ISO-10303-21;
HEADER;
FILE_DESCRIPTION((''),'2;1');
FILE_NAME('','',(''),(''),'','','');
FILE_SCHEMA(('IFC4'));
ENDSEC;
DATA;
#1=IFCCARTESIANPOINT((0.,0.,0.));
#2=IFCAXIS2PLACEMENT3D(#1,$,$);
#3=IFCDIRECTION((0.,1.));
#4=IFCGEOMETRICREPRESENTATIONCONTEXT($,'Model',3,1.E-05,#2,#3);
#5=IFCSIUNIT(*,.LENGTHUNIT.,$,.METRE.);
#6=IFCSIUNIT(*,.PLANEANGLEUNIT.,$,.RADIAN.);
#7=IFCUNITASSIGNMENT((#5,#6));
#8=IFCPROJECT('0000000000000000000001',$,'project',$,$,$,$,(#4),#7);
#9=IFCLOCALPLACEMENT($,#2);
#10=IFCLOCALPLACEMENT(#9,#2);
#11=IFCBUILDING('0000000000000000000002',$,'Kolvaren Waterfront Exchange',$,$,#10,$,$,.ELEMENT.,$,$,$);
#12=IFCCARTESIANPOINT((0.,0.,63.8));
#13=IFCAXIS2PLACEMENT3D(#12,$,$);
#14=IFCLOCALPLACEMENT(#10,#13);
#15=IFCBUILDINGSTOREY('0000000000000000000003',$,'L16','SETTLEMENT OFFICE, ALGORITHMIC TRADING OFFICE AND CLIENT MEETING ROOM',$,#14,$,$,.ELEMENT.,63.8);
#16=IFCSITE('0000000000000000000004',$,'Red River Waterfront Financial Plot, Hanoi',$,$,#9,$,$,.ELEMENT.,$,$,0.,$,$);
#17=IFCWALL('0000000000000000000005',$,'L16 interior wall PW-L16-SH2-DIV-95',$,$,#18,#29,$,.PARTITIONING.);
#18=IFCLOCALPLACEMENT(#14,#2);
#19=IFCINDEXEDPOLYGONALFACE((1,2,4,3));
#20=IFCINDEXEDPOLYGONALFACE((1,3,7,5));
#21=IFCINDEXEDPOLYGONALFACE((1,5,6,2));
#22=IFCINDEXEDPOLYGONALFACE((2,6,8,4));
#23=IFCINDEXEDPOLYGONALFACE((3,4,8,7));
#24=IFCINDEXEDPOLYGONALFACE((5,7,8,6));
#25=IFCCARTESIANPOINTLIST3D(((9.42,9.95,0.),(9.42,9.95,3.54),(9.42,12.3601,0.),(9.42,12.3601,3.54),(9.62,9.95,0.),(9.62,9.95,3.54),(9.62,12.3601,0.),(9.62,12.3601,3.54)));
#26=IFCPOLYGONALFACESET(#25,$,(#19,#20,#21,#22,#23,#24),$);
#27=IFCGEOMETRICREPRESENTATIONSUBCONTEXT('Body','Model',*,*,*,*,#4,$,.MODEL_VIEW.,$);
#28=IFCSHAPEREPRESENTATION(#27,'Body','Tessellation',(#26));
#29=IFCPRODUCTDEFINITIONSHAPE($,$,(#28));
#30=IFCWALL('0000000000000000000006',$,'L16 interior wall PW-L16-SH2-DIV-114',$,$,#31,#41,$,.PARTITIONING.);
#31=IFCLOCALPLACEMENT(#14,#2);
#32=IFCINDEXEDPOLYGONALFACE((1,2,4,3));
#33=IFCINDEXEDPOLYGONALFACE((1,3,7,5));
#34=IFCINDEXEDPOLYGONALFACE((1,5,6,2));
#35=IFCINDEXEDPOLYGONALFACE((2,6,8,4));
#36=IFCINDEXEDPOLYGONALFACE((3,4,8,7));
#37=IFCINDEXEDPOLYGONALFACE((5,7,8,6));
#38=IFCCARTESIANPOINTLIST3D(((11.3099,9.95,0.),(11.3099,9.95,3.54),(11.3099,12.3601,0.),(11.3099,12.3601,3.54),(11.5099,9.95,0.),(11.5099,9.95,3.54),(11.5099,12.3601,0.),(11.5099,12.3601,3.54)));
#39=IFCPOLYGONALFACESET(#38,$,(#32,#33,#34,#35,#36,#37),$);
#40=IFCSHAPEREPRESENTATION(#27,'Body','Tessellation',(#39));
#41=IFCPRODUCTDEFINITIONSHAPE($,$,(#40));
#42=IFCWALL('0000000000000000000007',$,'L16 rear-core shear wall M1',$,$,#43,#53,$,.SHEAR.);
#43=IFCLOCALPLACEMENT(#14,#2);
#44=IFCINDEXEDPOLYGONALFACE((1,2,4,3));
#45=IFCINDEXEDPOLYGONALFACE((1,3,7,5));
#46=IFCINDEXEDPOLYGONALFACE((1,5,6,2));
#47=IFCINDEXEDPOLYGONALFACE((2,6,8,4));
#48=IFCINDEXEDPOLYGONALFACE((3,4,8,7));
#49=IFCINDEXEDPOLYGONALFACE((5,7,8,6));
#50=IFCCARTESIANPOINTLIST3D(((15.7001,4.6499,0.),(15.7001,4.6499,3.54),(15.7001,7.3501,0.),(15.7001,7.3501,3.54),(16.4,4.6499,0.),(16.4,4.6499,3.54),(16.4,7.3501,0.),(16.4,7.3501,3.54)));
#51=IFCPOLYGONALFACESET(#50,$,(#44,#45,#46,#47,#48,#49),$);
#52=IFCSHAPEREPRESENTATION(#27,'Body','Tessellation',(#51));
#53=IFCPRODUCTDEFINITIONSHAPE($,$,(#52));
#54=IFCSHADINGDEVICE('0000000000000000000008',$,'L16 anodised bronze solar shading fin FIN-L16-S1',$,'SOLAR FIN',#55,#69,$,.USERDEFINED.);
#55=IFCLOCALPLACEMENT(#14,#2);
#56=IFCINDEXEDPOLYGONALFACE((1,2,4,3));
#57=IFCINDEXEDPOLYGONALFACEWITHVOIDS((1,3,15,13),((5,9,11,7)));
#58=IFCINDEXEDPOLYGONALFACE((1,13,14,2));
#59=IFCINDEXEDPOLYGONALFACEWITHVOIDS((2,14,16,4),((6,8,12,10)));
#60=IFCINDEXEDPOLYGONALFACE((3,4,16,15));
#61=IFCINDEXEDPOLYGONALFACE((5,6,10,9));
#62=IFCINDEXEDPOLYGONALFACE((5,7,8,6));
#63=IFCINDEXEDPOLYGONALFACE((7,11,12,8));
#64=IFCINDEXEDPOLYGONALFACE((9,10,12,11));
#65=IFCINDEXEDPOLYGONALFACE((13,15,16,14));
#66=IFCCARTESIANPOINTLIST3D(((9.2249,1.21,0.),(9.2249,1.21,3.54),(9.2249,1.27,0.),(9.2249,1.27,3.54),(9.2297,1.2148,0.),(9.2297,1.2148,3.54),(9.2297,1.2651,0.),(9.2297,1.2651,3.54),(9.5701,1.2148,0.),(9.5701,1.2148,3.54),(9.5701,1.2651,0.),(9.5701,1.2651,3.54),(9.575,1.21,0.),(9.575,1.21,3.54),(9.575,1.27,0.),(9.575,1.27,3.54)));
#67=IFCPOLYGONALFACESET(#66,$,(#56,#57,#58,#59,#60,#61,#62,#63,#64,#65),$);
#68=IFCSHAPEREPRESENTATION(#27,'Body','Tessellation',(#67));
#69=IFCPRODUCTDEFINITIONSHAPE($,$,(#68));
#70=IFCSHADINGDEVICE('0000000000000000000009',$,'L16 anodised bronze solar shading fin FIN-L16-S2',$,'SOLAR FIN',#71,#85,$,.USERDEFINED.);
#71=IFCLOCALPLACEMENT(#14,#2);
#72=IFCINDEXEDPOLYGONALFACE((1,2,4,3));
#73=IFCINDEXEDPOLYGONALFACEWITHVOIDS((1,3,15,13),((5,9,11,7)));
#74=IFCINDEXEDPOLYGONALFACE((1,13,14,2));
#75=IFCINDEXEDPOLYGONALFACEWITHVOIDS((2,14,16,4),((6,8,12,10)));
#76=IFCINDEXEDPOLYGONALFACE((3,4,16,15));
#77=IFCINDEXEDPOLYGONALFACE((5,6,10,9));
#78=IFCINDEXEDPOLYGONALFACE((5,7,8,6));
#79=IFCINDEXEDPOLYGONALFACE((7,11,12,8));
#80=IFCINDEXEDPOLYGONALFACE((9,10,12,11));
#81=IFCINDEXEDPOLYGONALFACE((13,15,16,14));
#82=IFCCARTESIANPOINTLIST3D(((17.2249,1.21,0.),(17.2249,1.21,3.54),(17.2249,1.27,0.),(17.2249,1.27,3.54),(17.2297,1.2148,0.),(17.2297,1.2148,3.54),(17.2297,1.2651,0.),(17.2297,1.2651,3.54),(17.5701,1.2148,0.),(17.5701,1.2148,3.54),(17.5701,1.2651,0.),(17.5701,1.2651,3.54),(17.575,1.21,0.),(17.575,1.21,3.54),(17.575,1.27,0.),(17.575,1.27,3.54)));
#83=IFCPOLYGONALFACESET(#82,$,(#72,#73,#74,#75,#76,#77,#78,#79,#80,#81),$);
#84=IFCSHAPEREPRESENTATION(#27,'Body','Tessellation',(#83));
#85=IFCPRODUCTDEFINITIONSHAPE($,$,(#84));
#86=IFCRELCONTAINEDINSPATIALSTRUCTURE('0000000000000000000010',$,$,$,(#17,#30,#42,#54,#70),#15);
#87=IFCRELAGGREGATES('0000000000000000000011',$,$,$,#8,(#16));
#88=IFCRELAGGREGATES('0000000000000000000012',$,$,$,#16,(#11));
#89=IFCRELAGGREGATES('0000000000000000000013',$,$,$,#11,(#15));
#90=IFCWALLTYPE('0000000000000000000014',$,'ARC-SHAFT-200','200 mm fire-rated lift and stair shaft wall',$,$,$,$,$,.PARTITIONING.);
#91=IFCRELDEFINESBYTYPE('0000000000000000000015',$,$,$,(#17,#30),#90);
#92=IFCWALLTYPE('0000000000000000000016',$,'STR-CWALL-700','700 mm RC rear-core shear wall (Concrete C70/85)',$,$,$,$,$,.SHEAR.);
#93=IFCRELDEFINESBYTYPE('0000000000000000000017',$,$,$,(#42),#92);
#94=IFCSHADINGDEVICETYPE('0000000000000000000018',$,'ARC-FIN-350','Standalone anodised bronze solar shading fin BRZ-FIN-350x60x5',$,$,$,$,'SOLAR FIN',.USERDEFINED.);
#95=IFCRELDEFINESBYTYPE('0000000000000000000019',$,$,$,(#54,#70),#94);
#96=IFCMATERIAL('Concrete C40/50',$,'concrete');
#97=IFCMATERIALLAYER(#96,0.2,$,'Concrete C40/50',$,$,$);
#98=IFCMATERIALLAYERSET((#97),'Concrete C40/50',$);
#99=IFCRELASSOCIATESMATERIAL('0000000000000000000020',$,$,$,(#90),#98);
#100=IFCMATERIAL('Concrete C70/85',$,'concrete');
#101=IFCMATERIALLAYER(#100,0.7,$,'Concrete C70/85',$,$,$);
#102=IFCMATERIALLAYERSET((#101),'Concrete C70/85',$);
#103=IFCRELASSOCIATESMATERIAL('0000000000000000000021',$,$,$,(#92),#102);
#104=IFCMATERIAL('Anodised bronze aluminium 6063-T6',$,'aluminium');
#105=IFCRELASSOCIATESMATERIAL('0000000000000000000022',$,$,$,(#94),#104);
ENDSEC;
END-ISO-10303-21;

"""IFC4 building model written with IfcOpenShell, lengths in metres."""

from ifc_helpers import new_model, si_unit, direction, frame, frame_2d, origin, origin_2d, place, context, subcontext, project, spatial, rectangle, hollow_rectangle, extrude, material, layer, layer_set, material_profile, profile_set, type_object, element, save


model = new_model("IFC4")

# Units and contexts
model_context = context("Model", 3, precision=1e-05, world=origin(), true_north=direction((0.0, 1.0)))
body_context = subcontext(model_context, "Body", "Model", "MODEL_VIEW")
ifc_project = project(units=[si_unit("LENGTHUNIT", "METRE"), si_unit("PLANEANGLEUNIT", "RADIAN")], contexts=[model_context])

# Site, building, storey
site_placement = place(None, origin())
site = spatial("IfcSite", under=ifc_project, at=site_placement, Name="Red River Waterfront Financial Plot, Hanoi", CompositionType="ELEMENT", RefElevation=0.0)
building_placement = place(site_placement, origin())
building = spatial("IfcBuilding", under=site, at=building_placement, Name="Kolvaren Waterfront Exchange", CompositionType="ELEMENT")
storey_placement = place(building_placement, frame((0.0, 0.0, 63.8)))
storey = spatial("IfcBuildingStorey", under=building, at=storey_placement, Name="L16", Description="SETTLEMENT OFFICE, ALGORITHMIC TRADING OFFICE AND CLIENT MEETING ROOM", CompositionType="ELEMENT", Elevation=63.8)

# Shared definitions
ifc_material_1 = material(Name="Concrete C70/85", Category="concrete")

# Shared definitions
ifc_material_2 = material(Name="Anodised bronze aluminium 6063-T6", Category="aluminium")

# Walls
ifc_material_3 = material(Name="Concrete C40/50", Category="concrete")
ifc_layer_1 = layer(ifc_material_3, 0.2, Name="Concrete C40/50")
ifc_layer_set_1 = layer_set([ifc_layer_1], Name="Concrete C40/50")
wall_type_1 = type_object("IfcWallType", Name="ARC-SHAFT-200", Description="200 mm fire-rated lift and stair shaft wall", PredefinedType="PARTITIONING", material=ifc_layer_set_1)
for number, where, z_axis, x_axis, name in (
    (1, (9.52, 9.95, 0.0), (0.0, 0.0, 1.0), (0.0, 1.0, 0.0), "L16 interior wall PW-L16-SH2-DIV-95"),
    (2, (11.4099, 9.95, 0.0), (0.0, 0.0, 1.0), (0.0, 1.0, 0.0), "L16 interior wall PW-L16-SH2-DIV-114"),
):
    element("IfcWall", number, at=place(storey_placement, frame(where, z_axis=z_axis, x_axis=x_axis)), inside=storey, type_object=wall_type_1, Name=name, PredefinedType="PARTITIONING", context=body_context, shape_type="SweptSolid", body=[
        extrude(rectangle(XDim=2.4102, YDim=0.2, at=frame_2d((1.2051, 0.0))), origin(), (0.0, 0.0, 1.0), 3.54),
    ])
ifc_layer_2 = layer(ifc_material_1, 0.7, Name="Concrete C70/85")
ifc_layer_set_2 = layer_set([ifc_layer_2], Name="Concrete C70/85")
wall_type_2 = type_object("IfcWallType", Name="STR-CWALL-700", Description="700 mm RC rear-core shear wall (Concrete C70/85)", PredefinedType="SHEAR", material=ifc_layer_set_2)
wall_1_placement = place(storey_placement, frame((16.05, 4.6499, 0.0), z_axis=(0.0, 0.0, 1.0), x_axis=(0.0, 1.0, 0.0)))
element("IfcWall", 3, at=wall_1_placement, inside=storey, type_object=wall_type_2, Name="L16 rear-core shear wall M1", PredefinedType="SHEAR", context=body_context, shape_type="SweptSolid", body=[
    extrude(rectangle(XDim=2.7002, YDim=0.7, at=frame_2d((1.3501, 0.0))), origin(), (0.0, 0.0, 1.0), 3.54),
])

# Shading devices
ifc_material_profile_1 = material_profile(ifc_material_2, hollow_rectangle(XDim=0.0601, YDim=0.3501, WallThickness=0.0049, at=origin_2d()), Name="BRZ-FIN-350x60x5")
ifc_profile_set_1 = profile_set([ifc_material_profile_1], Name="Anodised bronze aluminium 6063-T6")
shading_device_type = type_object("IfcShadingDeviceType", Name="ARC-FIN-350", Description="Standalone anodised bronze solar shading fin BRZ-FIN-350x60x5", ElementType="SOLAR FIN", PredefinedType="USERDEFINED", material=ifc_profile_set_1)
for number, where, z_axis, x_axis, name in (
    (4, (9.3999, 1.24, 0.0), (0.0, 0.0, 1.0), (0.0, -1.0, 0.0), "L16 anodised bronze solar shading fin FIN-L16-S1"),
    (5, (17.3999, 1.24, 0.0), (0.0, 0.0, 1.0), (0.0, -1.0, 0.0), "L16 anodised bronze solar shading fin FIN-L16-S2"),
):
    element("IfcShadingDevice", number, at=place(storey_placement, frame(where, z_axis=z_axis, x_axis=x_axis)), inside=storey, type_object=shading_device_type, Name=name, ObjectType="SOLAR FIN", PredefinedType="USERDEFINED", context=body_context, shape_type="SweptSolid", body=[
        extrude(hollow_rectangle(XDim=0.0601, YDim=0.3501, WallThickness=0.0049, at=origin_2d()), origin(), (0.0, 0.0, 1.0), 3.54),
    ])

save(model, "model.ifc")
